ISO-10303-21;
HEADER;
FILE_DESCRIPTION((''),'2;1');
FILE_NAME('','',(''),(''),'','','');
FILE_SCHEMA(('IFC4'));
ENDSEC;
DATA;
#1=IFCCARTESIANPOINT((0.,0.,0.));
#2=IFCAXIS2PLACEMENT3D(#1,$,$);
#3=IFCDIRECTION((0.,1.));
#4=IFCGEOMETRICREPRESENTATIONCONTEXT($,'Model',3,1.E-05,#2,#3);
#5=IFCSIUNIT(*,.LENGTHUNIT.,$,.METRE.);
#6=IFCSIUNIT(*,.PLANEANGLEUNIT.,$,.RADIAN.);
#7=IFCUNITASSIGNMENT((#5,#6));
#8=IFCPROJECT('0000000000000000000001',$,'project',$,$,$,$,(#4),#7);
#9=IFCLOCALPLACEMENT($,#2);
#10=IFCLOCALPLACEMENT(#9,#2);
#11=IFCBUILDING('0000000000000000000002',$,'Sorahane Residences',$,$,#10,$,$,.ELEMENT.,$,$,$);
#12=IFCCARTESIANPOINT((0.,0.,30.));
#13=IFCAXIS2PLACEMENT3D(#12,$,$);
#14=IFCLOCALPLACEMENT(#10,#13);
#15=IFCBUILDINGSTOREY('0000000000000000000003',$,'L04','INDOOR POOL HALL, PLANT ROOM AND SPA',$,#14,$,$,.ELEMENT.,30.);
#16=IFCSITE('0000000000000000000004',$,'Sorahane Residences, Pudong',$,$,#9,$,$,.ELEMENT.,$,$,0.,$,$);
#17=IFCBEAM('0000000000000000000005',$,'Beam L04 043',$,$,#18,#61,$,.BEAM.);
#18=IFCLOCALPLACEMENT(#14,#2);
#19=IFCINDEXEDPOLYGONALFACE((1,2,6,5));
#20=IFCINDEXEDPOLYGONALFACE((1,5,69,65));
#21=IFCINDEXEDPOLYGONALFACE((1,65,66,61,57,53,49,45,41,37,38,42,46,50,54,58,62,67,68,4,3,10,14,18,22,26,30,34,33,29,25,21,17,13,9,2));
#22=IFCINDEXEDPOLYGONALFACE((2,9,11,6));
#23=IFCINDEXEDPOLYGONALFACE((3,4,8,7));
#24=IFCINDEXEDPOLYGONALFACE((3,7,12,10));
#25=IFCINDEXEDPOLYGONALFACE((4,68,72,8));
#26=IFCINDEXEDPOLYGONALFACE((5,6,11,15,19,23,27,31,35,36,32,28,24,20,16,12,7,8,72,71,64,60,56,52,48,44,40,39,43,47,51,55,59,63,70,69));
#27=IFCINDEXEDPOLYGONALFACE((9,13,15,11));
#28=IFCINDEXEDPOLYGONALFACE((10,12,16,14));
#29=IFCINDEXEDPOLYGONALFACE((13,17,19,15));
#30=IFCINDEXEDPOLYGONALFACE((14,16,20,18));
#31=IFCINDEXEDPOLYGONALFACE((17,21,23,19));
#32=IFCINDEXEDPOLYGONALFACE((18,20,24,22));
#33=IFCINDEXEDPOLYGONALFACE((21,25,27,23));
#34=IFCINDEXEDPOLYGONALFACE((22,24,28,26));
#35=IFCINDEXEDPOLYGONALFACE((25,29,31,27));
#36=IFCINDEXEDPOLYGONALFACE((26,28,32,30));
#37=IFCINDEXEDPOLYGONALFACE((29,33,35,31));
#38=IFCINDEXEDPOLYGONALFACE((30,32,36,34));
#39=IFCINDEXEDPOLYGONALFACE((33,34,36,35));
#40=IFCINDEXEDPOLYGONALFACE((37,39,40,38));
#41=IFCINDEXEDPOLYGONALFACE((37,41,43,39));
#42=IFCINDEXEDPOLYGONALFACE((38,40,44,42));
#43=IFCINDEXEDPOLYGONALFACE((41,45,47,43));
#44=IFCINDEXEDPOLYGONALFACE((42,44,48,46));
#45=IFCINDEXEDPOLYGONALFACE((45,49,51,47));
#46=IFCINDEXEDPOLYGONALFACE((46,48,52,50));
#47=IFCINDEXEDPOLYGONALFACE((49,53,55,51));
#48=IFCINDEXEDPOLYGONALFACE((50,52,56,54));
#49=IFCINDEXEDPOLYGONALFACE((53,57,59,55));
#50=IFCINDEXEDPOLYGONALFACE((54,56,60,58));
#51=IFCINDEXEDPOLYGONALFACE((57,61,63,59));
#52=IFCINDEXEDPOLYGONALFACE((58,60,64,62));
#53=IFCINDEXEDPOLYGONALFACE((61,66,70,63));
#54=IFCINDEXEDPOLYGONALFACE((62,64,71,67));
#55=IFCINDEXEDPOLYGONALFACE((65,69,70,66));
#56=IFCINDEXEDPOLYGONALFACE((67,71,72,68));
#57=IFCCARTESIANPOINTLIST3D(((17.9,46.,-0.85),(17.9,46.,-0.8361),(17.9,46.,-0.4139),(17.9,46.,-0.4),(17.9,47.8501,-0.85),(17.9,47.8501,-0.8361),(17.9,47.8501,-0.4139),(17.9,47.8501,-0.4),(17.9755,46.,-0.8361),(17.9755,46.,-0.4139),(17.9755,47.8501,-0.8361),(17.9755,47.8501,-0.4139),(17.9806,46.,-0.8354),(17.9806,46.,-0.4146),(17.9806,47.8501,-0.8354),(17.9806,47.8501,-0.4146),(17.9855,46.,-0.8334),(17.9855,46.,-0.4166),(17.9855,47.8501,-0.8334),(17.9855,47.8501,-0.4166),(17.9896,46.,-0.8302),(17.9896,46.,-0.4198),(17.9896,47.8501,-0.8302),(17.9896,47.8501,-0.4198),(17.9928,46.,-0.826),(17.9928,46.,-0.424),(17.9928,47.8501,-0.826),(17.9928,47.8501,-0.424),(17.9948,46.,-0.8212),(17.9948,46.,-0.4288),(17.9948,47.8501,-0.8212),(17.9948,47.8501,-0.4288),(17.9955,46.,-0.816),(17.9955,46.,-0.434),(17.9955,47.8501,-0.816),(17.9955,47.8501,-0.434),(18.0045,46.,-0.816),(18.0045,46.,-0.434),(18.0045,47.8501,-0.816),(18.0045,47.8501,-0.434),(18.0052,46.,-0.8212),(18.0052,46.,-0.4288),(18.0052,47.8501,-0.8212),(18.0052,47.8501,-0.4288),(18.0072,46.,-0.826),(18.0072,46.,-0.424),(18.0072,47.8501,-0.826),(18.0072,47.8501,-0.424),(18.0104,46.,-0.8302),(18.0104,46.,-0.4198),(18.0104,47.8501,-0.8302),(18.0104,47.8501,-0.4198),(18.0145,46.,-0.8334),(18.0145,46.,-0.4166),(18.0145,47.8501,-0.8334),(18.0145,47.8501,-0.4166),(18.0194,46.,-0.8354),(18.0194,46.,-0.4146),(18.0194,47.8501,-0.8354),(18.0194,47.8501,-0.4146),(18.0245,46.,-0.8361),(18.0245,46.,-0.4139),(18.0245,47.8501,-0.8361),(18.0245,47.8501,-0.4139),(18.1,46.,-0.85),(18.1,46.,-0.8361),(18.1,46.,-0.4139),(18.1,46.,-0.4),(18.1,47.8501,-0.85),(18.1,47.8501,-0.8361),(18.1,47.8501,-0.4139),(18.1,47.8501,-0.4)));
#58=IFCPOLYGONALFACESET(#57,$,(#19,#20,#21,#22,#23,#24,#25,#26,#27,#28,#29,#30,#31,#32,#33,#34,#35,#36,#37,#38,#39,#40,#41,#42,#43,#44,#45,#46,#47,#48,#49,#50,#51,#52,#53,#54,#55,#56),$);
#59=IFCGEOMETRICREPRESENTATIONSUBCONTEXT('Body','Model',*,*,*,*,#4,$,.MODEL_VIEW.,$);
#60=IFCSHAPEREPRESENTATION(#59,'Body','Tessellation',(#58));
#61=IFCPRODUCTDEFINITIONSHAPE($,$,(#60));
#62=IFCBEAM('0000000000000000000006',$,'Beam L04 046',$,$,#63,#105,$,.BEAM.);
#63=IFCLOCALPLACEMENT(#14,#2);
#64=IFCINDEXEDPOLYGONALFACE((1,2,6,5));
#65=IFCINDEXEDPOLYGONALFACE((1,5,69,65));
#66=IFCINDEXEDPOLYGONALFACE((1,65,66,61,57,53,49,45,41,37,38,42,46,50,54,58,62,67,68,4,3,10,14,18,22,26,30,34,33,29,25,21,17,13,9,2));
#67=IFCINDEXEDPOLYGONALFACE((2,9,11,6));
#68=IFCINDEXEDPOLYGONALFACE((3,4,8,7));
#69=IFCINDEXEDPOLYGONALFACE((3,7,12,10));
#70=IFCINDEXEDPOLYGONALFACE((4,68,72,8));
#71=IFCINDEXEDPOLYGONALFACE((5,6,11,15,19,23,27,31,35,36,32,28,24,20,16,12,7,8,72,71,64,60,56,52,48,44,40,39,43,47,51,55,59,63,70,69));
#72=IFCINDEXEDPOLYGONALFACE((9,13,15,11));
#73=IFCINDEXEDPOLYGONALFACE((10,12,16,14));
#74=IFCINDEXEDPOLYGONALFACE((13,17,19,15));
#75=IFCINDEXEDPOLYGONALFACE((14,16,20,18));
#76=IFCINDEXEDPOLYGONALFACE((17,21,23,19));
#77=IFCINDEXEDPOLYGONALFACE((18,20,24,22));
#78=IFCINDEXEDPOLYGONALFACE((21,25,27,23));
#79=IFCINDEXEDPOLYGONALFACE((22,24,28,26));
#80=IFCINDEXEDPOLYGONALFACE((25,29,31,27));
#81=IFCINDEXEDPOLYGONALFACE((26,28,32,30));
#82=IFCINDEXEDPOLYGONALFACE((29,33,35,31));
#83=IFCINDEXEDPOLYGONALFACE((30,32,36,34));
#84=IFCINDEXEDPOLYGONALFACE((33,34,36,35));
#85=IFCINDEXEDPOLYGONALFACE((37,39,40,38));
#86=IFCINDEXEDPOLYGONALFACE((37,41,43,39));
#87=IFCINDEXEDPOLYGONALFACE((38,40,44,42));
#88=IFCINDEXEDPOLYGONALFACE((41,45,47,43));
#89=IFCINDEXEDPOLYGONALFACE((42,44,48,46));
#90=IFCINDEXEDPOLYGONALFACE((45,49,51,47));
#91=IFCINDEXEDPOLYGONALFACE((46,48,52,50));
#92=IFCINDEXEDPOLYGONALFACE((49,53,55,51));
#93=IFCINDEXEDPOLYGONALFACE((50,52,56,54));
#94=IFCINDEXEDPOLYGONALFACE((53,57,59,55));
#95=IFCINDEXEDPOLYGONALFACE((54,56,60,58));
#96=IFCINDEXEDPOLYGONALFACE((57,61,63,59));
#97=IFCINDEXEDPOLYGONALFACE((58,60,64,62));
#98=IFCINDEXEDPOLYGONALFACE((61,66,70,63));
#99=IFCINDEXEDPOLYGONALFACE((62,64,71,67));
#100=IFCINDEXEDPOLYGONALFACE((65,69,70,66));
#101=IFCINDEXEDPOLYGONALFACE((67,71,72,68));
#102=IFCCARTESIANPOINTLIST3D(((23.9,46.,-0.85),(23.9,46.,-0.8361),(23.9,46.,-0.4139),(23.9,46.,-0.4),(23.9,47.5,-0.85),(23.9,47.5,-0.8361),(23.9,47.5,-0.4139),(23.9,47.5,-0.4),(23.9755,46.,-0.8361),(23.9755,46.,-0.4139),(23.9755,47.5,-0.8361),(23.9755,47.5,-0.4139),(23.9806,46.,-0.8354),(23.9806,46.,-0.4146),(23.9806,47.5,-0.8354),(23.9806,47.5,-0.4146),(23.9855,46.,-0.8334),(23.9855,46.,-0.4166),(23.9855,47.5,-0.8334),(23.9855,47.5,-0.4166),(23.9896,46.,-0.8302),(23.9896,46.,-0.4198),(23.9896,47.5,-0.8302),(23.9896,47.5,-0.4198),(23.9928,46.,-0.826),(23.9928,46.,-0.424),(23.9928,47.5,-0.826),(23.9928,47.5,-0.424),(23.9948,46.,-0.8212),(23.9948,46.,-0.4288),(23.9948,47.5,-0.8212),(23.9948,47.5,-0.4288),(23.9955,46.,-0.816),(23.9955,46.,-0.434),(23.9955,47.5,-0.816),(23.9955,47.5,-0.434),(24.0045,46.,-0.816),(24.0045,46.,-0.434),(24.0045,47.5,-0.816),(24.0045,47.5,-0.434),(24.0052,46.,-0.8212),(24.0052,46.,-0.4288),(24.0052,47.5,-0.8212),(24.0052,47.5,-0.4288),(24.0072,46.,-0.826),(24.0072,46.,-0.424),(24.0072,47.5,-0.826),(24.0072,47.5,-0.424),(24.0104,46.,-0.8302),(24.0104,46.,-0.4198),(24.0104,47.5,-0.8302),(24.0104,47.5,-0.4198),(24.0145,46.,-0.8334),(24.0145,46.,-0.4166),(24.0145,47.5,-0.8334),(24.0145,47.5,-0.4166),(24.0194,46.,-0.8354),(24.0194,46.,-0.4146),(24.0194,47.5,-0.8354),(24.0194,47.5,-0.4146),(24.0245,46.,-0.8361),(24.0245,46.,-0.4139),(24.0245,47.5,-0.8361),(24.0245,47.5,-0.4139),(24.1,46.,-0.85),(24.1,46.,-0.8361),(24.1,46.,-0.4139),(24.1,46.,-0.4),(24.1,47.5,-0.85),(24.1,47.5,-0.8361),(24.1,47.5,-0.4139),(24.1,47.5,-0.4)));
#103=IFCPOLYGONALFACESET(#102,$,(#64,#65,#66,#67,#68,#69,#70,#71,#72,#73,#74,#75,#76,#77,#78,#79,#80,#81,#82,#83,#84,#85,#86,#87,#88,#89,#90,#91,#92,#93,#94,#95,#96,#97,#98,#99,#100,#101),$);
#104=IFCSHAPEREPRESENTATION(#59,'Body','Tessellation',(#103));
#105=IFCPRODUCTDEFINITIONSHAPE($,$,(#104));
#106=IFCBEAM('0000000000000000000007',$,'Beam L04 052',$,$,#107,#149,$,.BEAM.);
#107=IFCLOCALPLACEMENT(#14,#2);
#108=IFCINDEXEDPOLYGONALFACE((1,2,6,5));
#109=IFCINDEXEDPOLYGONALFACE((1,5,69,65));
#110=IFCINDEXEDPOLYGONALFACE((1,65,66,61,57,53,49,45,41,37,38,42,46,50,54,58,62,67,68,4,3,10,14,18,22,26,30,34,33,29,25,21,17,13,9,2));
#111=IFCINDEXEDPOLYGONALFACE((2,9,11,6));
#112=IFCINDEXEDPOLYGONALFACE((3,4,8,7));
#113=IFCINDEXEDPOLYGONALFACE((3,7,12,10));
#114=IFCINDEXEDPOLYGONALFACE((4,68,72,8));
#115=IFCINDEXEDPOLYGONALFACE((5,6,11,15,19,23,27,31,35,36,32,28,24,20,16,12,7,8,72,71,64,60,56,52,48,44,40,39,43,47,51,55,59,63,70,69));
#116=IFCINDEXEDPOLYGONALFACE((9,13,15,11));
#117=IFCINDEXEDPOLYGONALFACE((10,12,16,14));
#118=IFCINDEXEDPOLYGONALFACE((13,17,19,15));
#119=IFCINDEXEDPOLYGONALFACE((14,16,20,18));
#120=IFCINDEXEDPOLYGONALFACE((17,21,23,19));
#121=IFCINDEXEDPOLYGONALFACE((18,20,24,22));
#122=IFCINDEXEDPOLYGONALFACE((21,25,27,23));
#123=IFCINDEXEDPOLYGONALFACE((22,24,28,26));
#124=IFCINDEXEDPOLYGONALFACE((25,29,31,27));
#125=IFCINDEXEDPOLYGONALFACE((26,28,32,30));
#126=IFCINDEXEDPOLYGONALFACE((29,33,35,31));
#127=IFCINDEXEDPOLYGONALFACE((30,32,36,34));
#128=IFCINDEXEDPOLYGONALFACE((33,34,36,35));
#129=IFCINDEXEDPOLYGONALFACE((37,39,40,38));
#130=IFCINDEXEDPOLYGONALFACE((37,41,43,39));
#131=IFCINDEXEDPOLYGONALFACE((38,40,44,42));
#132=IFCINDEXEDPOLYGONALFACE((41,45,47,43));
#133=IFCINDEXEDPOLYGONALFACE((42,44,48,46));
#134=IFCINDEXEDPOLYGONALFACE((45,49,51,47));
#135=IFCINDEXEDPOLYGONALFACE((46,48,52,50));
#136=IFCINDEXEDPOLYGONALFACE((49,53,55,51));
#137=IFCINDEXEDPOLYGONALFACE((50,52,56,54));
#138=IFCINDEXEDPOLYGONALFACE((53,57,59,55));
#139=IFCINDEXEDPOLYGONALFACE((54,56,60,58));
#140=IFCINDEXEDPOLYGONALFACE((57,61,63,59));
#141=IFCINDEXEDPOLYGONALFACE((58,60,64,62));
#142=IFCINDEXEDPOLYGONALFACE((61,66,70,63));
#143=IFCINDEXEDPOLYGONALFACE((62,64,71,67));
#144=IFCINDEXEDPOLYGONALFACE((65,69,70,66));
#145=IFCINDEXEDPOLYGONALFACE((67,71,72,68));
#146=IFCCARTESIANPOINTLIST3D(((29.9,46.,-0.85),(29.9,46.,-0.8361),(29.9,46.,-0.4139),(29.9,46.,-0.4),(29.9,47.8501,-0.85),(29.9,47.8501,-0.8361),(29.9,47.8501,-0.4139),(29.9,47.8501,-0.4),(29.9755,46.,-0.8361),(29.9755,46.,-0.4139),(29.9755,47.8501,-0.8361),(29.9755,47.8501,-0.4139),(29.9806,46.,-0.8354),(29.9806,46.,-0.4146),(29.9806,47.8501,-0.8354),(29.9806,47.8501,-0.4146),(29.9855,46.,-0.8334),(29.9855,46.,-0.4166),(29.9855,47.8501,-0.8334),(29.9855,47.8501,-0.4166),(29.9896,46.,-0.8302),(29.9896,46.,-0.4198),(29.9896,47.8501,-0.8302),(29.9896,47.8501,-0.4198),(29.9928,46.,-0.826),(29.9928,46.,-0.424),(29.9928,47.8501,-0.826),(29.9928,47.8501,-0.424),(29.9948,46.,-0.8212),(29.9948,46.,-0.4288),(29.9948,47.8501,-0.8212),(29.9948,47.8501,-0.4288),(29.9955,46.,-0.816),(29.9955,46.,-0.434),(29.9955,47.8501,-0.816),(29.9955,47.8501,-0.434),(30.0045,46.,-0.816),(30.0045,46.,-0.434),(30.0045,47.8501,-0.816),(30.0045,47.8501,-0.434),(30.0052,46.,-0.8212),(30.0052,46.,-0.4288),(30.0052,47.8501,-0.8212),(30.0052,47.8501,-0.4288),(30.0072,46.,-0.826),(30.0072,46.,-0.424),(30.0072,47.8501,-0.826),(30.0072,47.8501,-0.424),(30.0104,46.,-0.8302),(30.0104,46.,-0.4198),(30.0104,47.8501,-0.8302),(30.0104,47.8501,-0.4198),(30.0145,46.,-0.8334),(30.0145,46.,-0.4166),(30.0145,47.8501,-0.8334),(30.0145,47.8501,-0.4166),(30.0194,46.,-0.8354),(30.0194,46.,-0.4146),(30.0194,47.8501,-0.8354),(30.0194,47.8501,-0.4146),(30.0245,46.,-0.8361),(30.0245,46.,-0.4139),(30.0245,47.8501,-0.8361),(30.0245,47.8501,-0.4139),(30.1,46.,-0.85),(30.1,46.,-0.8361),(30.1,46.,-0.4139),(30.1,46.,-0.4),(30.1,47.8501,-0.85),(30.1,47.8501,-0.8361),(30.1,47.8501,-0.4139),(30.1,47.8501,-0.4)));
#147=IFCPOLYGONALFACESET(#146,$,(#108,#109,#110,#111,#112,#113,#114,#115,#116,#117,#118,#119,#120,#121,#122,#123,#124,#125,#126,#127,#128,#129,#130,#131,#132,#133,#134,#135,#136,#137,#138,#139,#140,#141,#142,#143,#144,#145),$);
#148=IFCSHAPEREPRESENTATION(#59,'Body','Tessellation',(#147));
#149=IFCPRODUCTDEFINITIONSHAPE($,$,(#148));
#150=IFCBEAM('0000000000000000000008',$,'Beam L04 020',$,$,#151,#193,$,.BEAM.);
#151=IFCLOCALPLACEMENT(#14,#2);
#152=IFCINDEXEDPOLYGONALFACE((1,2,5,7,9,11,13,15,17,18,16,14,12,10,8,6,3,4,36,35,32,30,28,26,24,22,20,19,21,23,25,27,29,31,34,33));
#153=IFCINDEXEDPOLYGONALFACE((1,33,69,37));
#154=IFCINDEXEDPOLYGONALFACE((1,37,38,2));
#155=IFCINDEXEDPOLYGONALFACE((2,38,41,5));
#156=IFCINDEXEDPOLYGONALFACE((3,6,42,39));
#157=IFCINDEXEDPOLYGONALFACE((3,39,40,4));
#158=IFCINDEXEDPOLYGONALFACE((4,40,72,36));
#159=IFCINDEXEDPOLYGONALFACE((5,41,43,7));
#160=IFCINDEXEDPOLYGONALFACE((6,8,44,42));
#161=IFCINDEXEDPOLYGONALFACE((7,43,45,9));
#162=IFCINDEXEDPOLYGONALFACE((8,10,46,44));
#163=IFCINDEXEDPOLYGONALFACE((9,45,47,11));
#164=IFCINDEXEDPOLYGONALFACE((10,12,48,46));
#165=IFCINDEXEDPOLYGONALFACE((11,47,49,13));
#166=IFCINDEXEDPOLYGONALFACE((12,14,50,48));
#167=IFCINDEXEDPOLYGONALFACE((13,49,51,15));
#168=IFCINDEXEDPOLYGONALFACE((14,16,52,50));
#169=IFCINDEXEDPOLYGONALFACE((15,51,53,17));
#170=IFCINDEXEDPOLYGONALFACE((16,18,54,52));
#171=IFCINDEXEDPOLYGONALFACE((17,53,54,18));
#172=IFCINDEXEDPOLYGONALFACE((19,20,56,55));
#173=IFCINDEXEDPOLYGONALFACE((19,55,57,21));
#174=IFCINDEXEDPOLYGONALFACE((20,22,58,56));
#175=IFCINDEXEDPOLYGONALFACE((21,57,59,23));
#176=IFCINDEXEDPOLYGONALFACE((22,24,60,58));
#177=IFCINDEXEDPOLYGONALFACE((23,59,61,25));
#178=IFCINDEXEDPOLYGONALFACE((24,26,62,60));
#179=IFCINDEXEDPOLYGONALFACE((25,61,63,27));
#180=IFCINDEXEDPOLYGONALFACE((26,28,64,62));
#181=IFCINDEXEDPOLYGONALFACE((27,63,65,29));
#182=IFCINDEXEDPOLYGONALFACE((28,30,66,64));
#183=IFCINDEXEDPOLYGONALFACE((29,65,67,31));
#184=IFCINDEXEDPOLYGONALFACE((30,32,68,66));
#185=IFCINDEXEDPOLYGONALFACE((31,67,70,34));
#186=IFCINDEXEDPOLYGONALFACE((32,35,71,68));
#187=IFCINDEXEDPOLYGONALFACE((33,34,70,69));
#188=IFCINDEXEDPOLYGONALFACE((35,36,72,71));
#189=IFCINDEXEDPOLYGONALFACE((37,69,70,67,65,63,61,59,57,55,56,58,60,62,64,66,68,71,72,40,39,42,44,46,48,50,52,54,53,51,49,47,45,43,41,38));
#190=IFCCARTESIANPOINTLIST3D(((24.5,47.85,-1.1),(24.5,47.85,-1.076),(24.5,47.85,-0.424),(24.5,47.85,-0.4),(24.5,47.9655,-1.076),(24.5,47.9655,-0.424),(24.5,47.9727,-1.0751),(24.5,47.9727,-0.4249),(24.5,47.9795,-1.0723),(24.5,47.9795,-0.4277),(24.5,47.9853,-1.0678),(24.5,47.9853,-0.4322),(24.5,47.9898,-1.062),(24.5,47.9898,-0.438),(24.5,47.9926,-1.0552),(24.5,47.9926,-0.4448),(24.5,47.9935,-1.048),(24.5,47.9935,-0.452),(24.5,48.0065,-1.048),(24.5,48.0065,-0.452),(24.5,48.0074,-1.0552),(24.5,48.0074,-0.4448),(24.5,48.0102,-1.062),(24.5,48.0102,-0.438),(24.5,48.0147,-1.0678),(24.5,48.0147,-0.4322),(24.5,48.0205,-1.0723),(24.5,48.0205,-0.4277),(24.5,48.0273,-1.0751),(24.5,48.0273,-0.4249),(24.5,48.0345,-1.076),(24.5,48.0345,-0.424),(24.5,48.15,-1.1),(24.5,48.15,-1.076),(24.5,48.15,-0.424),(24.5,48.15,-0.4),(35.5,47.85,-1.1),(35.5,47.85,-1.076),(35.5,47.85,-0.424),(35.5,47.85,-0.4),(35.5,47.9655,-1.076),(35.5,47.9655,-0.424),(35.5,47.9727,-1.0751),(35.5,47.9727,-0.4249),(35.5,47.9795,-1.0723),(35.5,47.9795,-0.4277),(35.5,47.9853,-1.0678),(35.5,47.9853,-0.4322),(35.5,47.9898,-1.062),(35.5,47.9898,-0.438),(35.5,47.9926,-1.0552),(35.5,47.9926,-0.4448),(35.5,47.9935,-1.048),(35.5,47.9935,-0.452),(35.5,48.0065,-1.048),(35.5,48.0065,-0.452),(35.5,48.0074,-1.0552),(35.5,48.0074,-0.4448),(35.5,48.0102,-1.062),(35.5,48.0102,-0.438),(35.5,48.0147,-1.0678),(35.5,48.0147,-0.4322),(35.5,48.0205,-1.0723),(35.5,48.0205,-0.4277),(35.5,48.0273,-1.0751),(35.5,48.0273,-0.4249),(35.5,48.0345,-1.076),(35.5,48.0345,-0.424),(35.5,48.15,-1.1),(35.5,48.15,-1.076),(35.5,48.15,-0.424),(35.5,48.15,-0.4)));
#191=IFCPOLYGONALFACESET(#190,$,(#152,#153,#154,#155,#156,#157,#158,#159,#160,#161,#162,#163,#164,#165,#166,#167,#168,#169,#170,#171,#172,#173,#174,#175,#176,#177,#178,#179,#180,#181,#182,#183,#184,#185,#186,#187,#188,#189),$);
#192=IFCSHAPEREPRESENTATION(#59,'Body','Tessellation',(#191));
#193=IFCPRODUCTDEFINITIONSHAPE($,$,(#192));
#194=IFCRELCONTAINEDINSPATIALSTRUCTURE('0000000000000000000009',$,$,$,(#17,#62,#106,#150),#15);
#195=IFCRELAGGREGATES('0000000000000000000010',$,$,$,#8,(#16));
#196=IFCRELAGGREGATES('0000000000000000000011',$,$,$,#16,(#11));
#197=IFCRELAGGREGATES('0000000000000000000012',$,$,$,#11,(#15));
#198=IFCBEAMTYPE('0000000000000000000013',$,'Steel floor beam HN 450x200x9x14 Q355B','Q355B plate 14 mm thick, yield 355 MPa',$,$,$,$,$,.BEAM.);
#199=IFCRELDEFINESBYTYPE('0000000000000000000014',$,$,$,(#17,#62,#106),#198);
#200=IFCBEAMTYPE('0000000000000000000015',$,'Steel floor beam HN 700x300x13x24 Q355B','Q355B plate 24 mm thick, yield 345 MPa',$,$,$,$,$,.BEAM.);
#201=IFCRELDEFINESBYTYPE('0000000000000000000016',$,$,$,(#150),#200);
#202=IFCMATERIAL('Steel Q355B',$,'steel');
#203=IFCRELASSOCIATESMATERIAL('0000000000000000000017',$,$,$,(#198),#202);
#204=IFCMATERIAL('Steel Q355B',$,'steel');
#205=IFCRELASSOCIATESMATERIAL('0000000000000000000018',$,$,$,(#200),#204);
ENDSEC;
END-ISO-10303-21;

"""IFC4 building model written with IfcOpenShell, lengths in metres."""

from ifc_helpers import new_model, si_unit, direction, frame, origin, origin_2d, place, context, subcontext, project, spatial, i_section, extrude, material, material_profile, profile_set, type_object, element, save


model = new_model("IFC4")

# Units and contexts
model_context = context("Model", 3, precision=1e-05, world=origin(), true_north=direction((0.0, 1.0)))
body_context = subcontext(model_context, "Body", "Model", "MODEL_VIEW")
ifc_project = project(units=[si_unit("LENGTHUNIT", "METRE"), si_unit("PLANEANGLEUNIT", "RADIAN")], contexts=[model_context])

# Site, building, storey
site_placement = place(None, origin())
site = spatial("IfcSite", under=ifc_project, at=site_placement, Name="Sorahane Residences, Pudong", CompositionType="ELEMENT", RefElevation=0.0)
building_placement = place(site_placement, origin())
building = spatial("IfcBuilding", under=site, at=building_placement, Name="Sorahane Residences", CompositionType="ELEMENT")
storey_placement = place(building_placement, frame((0.0, 0.0, 30.0)))
storey = spatial("IfcBuildingStorey", under=building, at=storey_placement, Name="L04", Description="INDOOR POOL HALL, PLANT ROOM AND SPA", CompositionType="ELEMENT", Elevation=30.0)

# Beams
ifc_material_1 = material(Name="Steel Q355B", Category="steel")
ifc_material_profile_1 = material_profile(ifc_material_1, i_section(OverallWidth=0.2, OverallDepth=0.45, WebThickness=0.009, FlangeThickness=0.0139, FilletRadius=0.02, at=origin_2d()), Name="HN 450x200x9x14")
ifc_profile_set_1 = profile_set([ifc_material_profile_1], Name="Steel Q355B")
beam_type_1 = type_object("IfcBeamType", Name="Steel floor beam HN 450x200x9x14 Q355B", Description="Q355B plate 14 mm thick, yield 355 MPa", PredefinedType="BEAM", material=ifc_profile_set_1)
beam_1_placement = place(storey_placement, frame((18.0, 46.0, -0.625), z_axis=(0.0, 1.0, 0.0), x_axis=(-1.0, 0.0, 0.0)))
element("IfcBeam", 1, at=beam_1_placement, inside=storey, type_object=beam_type_1, Name="Beam L04 043", PredefinedType="BEAM", context=body_context, shape_type="SweptSolid", body=[
    extrude(i_section(OverallWidth=0.2, OverallDepth=0.45, WebThickness=0.009, FlangeThickness=0.0139, FilletRadius=0.02, at=origin_2d()), origin(), (0.0, 0.0, 1.0), 1.8501),
])
beam_2_placement = place(storey_placement, frame((24.0, 46.0, -0.625), z_axis=(0.0, 1.0, 0.0), x_axis=(-1.0, 0.0, 0.0)))
element("IfcBeam", 2, at=beam_2_placement, inside=storey, type_object=beam_type_1, Name="Beam L04 046", PredefinedType="BEAM", context=body_context, shape_type="SweptSolid", body=[
    extrude(i_section(OverallWidth=0.2, OverallDepth=0.45, WebThickness=0.009, FlangeThickness=0.0139, FilletRadius=0.02, at=origin_2d()), origin(), (0.0, 0.0, 1.0), 1.5),
])
beam_3_placement = place(storey_placement, frame((30.0, 46.0, -0.625), z_axis=(0.0, 1.0, 0.0), x_axis=(-1.0, 0.0, 0.0)))
element("IfcBeam", 3, at=beam_3_placement, inside=storey, type_object=beam_type_1, Name="Beam L04 052", PredefinedType="BEAM", context=body_context, shape_type="SweptSolid", body=[
    extrude(i_section(OverallWidth=0.2, OverallDepth=0.45, WebThickness=0.009, FlangeThickness=0.0139, FilletRadius=0.02, at=origin_2d()), origin(), (0.0, 0.0, 1.0), 1.8501),
])
ifc_material_2 = material(Name="Steel Q355B", Category="steel")
ifc_material_profile_2 = material_profile(ifc_material_2, i_section(OverallWidth=0.3, OverallDepth=0.7, WebThickness=0.0129, FlangeThickness=0.0239, FilletRadius=0.0281, at=origin_2d()), Name="HN 700x300x13x24")
ifc_profile_set_2 = profile_set([ifc_material_profile_2], Name="Steel Q355B")
beam_type_2 = type_object("IfcBeamType", Name="Steel floor beam HN 700x300x13x24 Q355B", Description="Q355B plate 24 mm thick, yield 345 MPa", PredefinedType="BEAM", material=ifc_profile_set_2)
beam_4_placement = place(storey_placement, frame((24.5, 48.0, -0.75), z_axis=(1.0, 0.0, 0.0), x_axis=(0.0, 1.0, 0.0)))
element("IfcBeam", 4, at=beam_4_placement, inside=storey, type_object=beam_type_2, Name="Beam L04 020", PredefinedType="BEAM", context=body_context, shape_type="SweptSolid", body=[
    extrude(i_section(OverallWidth=0.3, OverallDepth=0.7, WebThickness=0.0129, FlangeThickness=0.0239, FilletRadius=0.0281, at=origin_2d()), origin(), (0.0, 0.0, 1.0), 11.0),
])

save(model, "model.ifc")
